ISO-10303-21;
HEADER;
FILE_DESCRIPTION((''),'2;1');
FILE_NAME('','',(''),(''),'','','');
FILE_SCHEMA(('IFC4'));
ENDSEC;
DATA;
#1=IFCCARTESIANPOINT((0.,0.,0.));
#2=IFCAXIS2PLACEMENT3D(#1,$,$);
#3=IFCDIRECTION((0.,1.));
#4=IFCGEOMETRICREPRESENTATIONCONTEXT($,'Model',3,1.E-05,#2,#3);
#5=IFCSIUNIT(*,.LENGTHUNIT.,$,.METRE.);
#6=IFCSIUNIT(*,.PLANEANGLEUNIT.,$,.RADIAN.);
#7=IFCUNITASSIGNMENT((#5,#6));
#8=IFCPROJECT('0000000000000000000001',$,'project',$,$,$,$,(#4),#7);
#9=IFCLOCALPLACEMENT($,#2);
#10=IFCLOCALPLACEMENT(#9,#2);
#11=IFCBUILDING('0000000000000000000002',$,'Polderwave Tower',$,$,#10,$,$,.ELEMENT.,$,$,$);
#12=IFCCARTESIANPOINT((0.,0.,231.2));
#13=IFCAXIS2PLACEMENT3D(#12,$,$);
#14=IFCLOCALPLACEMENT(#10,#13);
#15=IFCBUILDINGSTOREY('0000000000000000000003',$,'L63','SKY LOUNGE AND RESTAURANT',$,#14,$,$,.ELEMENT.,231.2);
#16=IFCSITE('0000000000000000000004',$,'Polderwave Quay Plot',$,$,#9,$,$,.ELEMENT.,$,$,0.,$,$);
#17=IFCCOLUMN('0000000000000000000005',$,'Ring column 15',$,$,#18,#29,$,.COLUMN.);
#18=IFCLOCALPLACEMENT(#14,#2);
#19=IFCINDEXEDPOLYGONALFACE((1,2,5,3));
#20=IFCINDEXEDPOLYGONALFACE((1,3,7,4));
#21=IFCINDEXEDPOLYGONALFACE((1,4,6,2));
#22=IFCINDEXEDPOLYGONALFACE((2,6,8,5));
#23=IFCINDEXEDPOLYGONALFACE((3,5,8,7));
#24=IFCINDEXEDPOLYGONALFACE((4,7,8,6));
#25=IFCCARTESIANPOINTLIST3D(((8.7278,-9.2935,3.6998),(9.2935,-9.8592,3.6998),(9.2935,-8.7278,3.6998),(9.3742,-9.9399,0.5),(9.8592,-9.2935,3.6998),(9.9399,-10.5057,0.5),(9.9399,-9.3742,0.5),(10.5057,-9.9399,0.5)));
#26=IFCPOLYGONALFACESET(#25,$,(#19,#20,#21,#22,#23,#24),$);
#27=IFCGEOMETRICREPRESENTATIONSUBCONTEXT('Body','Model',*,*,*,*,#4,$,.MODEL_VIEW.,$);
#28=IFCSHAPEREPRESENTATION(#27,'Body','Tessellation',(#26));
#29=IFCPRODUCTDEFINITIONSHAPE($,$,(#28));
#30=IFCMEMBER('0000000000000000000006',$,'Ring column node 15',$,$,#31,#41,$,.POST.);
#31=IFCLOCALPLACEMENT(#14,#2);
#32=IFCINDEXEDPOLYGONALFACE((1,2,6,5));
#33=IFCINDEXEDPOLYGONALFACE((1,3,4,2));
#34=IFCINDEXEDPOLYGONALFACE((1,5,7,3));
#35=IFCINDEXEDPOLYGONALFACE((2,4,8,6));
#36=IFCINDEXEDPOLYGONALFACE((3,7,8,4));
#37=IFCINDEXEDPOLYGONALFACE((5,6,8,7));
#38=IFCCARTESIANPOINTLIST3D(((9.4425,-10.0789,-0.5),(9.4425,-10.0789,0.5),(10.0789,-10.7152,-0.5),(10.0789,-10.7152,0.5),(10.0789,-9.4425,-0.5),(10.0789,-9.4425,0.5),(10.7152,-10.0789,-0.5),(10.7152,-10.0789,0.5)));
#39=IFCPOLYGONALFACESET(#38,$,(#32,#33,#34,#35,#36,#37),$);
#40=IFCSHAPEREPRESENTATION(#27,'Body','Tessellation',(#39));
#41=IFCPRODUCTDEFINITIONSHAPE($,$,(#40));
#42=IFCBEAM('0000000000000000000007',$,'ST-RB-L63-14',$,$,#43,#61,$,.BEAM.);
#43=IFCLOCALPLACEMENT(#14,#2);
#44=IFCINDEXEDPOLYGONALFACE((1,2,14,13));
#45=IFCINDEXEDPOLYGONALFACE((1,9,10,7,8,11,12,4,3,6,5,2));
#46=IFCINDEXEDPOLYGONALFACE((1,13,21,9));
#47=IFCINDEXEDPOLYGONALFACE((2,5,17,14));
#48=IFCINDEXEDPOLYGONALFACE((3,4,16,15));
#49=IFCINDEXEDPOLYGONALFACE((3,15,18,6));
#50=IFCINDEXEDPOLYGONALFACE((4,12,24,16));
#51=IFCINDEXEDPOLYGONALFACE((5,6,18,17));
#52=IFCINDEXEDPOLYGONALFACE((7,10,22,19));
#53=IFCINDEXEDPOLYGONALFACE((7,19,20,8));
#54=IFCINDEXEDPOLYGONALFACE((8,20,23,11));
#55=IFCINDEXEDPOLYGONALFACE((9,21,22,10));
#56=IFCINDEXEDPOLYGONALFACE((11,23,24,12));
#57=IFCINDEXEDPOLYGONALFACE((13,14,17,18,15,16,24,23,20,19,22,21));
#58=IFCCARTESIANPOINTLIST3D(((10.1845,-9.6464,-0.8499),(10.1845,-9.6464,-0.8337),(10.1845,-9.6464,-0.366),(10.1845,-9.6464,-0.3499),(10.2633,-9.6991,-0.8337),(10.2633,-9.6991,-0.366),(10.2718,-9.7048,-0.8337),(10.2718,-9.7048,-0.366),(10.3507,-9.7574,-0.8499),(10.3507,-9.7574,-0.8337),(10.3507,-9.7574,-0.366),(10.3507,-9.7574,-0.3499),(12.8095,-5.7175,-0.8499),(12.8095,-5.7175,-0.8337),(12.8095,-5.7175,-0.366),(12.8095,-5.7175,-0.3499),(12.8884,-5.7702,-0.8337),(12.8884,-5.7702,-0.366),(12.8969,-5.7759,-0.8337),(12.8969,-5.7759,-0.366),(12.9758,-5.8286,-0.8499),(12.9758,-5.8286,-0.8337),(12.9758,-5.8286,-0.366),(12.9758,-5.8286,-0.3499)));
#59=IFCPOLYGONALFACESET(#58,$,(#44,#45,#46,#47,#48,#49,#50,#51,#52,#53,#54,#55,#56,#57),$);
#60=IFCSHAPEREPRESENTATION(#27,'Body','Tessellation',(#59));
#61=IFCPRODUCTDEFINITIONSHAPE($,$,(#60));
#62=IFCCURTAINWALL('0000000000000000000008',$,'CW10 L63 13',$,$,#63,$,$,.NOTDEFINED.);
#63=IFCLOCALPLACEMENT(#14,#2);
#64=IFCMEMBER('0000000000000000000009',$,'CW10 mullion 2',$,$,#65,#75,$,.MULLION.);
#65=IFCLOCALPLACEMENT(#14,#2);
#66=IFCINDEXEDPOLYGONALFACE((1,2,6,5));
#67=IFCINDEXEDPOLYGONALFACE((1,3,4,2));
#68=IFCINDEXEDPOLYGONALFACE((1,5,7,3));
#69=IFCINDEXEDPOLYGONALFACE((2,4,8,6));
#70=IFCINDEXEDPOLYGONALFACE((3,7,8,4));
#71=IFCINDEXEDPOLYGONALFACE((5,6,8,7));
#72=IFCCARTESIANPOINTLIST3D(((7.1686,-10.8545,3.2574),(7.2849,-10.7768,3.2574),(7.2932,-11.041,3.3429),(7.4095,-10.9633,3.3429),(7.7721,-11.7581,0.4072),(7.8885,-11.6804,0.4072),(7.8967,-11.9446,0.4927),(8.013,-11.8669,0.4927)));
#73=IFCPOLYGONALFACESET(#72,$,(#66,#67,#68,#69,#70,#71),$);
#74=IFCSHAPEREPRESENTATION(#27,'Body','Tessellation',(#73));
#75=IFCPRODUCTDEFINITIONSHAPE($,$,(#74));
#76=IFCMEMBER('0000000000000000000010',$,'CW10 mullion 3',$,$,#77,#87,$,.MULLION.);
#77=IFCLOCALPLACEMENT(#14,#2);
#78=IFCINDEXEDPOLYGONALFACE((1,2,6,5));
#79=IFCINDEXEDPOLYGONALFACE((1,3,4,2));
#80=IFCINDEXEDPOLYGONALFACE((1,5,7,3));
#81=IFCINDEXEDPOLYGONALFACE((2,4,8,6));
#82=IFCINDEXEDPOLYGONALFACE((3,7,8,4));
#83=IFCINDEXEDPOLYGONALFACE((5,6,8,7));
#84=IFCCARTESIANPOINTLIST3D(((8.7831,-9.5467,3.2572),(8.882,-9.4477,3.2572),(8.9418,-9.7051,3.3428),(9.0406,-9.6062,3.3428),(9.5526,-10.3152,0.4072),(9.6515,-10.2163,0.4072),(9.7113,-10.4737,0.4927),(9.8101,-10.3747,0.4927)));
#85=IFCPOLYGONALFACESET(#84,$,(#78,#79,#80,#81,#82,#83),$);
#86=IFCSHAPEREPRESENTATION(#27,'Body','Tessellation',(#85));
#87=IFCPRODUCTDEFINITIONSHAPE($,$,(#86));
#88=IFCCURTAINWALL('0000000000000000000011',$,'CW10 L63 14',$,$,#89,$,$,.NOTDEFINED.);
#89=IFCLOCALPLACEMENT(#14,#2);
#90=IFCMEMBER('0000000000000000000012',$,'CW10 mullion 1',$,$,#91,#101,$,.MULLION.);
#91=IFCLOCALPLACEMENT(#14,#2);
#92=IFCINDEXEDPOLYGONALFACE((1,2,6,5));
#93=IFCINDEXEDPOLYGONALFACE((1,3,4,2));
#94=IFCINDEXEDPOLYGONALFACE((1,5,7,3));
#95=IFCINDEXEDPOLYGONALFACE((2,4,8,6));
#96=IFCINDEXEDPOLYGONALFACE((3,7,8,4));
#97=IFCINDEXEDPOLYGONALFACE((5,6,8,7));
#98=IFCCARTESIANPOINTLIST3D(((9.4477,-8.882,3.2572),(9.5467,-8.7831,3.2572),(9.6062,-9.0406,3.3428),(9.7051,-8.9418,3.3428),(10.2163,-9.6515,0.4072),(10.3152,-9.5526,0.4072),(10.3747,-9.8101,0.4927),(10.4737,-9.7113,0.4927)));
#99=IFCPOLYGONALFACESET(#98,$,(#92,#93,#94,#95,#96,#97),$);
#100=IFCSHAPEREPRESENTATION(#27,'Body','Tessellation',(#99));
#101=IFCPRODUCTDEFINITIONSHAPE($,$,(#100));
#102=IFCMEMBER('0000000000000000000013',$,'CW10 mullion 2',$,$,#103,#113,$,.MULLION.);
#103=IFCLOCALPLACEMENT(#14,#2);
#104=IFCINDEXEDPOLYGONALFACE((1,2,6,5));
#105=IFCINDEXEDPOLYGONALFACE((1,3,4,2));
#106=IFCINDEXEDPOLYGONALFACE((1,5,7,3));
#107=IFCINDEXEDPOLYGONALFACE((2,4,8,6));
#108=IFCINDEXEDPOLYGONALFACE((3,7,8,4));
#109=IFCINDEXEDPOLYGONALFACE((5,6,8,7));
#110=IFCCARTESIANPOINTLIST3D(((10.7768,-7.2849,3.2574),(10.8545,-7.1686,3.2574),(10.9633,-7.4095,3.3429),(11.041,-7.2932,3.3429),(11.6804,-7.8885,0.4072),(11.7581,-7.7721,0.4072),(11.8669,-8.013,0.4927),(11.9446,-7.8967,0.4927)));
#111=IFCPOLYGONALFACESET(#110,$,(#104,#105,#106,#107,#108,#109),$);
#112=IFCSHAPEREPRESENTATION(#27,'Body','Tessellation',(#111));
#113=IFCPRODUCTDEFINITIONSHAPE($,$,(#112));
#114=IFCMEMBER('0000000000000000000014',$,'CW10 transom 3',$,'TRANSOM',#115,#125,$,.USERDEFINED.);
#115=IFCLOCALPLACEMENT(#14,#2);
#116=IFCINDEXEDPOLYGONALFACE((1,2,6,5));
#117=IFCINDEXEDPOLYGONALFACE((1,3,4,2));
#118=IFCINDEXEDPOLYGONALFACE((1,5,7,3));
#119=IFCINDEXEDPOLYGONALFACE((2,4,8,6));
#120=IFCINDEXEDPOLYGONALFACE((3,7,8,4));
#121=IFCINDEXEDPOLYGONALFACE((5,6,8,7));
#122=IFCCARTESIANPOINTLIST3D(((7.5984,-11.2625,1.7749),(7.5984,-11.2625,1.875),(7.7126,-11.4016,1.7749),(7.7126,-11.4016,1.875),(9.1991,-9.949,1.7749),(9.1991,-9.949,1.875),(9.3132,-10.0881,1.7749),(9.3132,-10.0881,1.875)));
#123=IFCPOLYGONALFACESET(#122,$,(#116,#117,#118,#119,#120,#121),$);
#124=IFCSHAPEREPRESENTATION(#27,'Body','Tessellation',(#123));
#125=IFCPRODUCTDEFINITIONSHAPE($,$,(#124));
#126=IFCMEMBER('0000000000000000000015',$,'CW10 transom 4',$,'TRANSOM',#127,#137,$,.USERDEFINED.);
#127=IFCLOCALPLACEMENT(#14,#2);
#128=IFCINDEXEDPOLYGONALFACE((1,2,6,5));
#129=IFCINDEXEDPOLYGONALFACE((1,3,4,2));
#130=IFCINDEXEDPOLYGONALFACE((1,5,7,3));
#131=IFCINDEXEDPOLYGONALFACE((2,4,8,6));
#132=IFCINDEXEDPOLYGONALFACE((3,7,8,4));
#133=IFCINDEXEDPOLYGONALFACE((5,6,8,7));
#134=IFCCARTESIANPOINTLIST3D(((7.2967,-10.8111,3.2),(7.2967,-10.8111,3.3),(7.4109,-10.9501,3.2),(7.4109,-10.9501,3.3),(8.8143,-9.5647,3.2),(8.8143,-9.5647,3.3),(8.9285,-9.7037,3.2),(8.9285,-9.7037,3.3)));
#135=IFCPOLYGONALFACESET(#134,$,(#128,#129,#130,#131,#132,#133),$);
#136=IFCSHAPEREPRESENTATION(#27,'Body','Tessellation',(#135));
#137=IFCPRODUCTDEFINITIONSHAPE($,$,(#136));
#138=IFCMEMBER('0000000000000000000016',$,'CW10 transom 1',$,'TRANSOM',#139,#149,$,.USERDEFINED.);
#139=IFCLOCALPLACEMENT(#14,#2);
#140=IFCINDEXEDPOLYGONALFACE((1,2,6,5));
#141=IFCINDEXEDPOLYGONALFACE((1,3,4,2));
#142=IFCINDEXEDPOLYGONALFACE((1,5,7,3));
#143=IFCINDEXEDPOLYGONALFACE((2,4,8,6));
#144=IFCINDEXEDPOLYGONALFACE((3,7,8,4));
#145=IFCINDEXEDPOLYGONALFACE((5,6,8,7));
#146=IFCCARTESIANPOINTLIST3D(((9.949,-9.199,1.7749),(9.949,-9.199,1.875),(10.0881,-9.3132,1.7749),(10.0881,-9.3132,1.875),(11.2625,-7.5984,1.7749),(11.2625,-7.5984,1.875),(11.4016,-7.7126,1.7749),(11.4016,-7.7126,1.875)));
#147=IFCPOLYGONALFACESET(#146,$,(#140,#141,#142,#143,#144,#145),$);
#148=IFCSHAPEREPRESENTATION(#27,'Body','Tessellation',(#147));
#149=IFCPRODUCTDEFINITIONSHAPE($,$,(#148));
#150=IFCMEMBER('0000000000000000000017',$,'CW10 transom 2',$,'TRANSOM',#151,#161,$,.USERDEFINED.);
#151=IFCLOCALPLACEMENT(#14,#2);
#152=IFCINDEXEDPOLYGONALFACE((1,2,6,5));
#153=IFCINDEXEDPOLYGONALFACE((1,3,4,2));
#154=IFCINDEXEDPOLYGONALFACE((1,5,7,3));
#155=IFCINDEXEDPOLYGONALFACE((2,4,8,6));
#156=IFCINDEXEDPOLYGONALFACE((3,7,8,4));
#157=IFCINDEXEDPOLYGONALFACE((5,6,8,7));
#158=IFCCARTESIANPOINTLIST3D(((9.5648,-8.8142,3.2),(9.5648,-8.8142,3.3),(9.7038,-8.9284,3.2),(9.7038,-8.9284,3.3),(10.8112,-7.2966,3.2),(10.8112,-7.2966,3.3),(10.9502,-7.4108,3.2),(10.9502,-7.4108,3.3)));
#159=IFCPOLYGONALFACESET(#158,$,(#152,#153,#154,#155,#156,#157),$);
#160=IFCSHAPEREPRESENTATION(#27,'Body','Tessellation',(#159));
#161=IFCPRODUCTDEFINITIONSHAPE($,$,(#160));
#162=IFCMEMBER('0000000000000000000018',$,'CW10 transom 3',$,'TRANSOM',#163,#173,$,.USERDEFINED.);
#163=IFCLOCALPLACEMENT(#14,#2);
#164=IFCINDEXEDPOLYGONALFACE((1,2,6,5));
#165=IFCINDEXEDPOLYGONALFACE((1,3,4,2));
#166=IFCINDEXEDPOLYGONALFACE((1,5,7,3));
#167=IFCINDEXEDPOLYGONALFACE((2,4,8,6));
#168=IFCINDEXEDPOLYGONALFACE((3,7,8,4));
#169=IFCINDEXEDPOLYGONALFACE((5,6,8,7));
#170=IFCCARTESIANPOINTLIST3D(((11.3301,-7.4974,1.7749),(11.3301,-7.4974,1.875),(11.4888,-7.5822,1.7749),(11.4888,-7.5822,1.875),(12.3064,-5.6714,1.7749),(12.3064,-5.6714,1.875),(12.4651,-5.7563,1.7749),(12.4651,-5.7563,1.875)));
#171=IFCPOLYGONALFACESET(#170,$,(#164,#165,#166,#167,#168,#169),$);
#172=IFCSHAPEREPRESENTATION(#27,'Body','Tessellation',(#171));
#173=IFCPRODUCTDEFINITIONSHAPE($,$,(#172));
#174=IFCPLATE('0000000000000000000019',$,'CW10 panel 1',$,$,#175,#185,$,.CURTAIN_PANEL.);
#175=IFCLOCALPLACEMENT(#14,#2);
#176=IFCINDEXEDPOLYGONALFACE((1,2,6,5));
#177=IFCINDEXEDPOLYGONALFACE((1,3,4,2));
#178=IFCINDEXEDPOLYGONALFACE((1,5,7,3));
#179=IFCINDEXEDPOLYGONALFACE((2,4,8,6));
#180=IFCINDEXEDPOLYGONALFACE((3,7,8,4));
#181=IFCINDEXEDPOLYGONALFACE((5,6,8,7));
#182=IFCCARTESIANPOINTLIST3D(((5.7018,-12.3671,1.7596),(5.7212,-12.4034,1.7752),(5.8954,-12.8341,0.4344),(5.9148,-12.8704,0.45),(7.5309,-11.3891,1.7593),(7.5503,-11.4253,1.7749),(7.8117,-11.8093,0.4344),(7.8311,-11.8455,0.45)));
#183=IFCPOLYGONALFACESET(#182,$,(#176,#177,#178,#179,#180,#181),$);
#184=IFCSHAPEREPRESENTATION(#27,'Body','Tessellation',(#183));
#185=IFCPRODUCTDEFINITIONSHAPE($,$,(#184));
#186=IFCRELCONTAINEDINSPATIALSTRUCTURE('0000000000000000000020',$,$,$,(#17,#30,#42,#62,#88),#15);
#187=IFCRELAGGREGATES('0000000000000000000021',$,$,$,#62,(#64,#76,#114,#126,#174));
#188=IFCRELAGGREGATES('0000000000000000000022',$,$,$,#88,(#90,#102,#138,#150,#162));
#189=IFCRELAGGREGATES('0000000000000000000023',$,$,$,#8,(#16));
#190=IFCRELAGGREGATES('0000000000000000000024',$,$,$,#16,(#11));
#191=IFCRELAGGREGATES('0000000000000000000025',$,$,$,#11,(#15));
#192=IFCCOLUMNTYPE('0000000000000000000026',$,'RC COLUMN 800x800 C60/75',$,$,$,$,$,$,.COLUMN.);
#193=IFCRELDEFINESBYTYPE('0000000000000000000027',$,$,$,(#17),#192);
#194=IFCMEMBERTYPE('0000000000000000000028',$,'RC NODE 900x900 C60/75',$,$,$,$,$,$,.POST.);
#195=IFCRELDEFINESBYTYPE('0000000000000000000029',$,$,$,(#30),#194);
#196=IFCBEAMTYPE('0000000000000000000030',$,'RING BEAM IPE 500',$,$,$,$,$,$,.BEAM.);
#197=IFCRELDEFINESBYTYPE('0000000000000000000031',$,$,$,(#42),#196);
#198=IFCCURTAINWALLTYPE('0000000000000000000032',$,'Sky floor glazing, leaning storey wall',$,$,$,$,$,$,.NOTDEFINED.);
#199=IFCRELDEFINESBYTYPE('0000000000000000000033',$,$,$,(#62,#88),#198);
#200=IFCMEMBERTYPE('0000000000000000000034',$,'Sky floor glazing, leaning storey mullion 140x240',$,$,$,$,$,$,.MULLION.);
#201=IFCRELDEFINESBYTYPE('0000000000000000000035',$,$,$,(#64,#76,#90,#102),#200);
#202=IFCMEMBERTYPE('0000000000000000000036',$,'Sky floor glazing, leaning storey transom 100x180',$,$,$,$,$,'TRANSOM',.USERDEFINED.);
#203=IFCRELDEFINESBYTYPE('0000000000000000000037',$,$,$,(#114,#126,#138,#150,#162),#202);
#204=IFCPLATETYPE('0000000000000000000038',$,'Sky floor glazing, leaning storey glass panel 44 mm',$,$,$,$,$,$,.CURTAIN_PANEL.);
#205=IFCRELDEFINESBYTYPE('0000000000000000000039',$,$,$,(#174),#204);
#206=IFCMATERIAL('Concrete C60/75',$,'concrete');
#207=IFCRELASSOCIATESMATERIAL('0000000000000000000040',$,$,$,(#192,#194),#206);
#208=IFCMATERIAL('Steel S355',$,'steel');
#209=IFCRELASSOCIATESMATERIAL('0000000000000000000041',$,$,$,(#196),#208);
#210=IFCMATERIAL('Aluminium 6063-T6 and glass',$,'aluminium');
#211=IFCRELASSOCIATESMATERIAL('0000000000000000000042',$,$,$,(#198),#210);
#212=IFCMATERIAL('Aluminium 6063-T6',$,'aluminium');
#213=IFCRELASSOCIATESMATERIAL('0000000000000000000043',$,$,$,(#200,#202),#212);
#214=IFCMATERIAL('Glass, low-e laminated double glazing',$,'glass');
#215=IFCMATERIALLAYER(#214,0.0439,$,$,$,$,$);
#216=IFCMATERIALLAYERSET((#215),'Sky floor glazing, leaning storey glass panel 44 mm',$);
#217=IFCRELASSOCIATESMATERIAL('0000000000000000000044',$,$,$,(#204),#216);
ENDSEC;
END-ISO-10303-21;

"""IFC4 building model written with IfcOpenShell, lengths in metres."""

from ifc_helpers import new_model, si_unit, direction, frame, origin, origin_2d, place, context, subcontext, project, spatial, polyline, rectangle, i_section, outline, extrude, material, layer, layer_set, material_profile, profile_set, type_object, element, aggregate, save


model = new_model("IFC4")

# Units and contexts
model_context = context("Model", 3, precision=1e-05, world=origin(), true_north=direction((0.0, 1.0)))
body_context = subcontext(model_context, "Body", "Model", "MODEL_VIEW")
ifc_project = project(units=[si_unit("LENGTHUNIT", "METRE"), si_unit("PLANEANGLEUNIT", "RADIAN")], contexts=[model_context])

# Site, building, storey
site_placement = place(None, origin())
site = spatial("IfcSite", under=ifc_project, at=site_placement, Name="Polderwave Quay Plot", CompositionType="ELEMENT", RefElevation=0.0)
building_placement = place(site_placement, origin())
building = spatial("IfcBuilding", under=site, at=building_placement, Name="Polderwave Tower", CompositionType="ELEMENT")
storey_placement = place(building_placement, frame((0.0, 0.0, 231.2)))
storey = spatial("IfcBuildingStorey", under=building, at=storey_placement, Name="L63", Description="SKY LOUNGE AND RESTAURANT", CompositionType="ELEMENT", Elevation=231.2)

# Column
ifc_material_1 = material(Name="Concrete C60/75", Category="concrete")
ifc_material_profile_1 = material_profile(ifc_material_1, rectangle(XDim=0.8, YDim=0.8, at=origin_2d()), Name="RC 800x800")
ifc_profile_set_1 = profile_set([ifc_material_profile_1], Name="Concrete C60/75")
column_type = type_object("IfcColumnType", Name="RC COLUMN 800x800 C60/75", PredefinedType="COLUMN", material=ifc_profile_set_1)
column_placement = place(storey_placement, frame((9.9399, -9.9399, 0.5), z_axis=(0.0, 0.0, 1.0), x_axis=(-0.707107, -0.707107, 0.0)))
element("IfcColumn", 1, at=column_placement, inside=storey, type_object=column_type, Name="Ring column 15", PredefinedType="COLUMN", context=body_context, shape_type="SweptSolid", body=[
    extrude(rectangle(XDim=0.8, YDim=0.8, at=origin_2d()), origin(), (0.0, -0.27472, 0.961524), 3.3279),
])

# Member
ifc_material_profile_2 = material_profile(ifc_material_1, rectangle(XDim=0.8999, YDim=0.8999, at=origin_2d()), Name="RC 900x900")
ifc_profile_set_2 = profile_set([ifc_material_profile_2], Name="Concrete C60/75")
member_type_1 = type_object("IfcMemberType", Name="RC NODE 900x900 C60/75", PredefinedType="POST", material=ifc_profile_set_2)
member_1_placement = place(storey_placement, frame((10.0789, -10.0789, -0.5), z_axis=(0.0, 0.0, 1.0), x_axis=(0.707107, -0.707107, 0.0)))
element("IfcMember", 2, at=member_1_placement, inside=storey, type_object=member_type_1, Name="Ring column node 15", PredefinedType="POST", context=body_context, shape_type="SweptSolid", body=[
    extrude(rectangle(XDim=0.8999, YDim=0.8999, at=origin_2d()), origin(), (0.0, 0.0, 1.0), 1.0),
])

# Beam
ifc_material_2 = material(Name="Steel S355", Category="steel")
ifc_material_profile_3 = material_profile(ifc_material_2, i_section(OverallWidth=0.2, OverallDepth=0.5, WebThickness=0.0103, FlangeThickness=0.0161, at=origin_2d()), Name="IPE 500")
ifc_profile_set_3 = profile_set([ifc_material_profile_3], Name="Steel S355")
beam_type = type_object("IfcBeamType", Name="RING BEAM IPE 500", PredefinedType="BEAM", material=ifc_profile_set_3)
beam_placement = place(storey_placement, frame((10.2676, -9.7019, -0.5999), z_axis=(0.555558, 0.831478, 0.0), x_axis=(-0.831478, 0.555558, 0.0)))
element("IfcBeam", 3, at=beam_placement, inside=storey, type_object=beam_type, Name="ST-RB-L63-14", PredefinedType="BEAM", context=body_context, shape_type="SweptSolid", body=[
    extrude(i_section(OverallWidth=0.2, OverallDepth=0.5, WebThickness=0.0103, FlangeThickness=0.0161, at=origin_2d()), origin(), (0.0, 0.0, 1.0), 4.7251),
])

# Curtain walls, members
ifc_material_3 = material(Name="Aluminium 6063-T6 and glass", Category="aluminium")
curtain_wall_type = type_object("IfcCurtainWallType", Name="Sky floor glazing, leaning storey wall", PredefinedType="NOTDEFINED", material=ifc_material_3)
curtain_wall_1_placement = place(storey_placement, origin())
curtain_wall_1 = element("IfcCurtainWall", 4, at=curtain_wall_1_placement, inside=storey, type_object=curtain_wall_type, Name="CW10 L63 13", PredefinedType="NOTDEFINED")
ifc_material_4 = material(Name="Aluminium 6063-T6", Category="aluminium")
ifc_material_profile_4 = material_profile(ifc_material_4, rectangle(XDim=0.1399, YDim=0.24, at=origin_2d()), Name="AL 140x240")
ifc_profile_set_4 = profile_set([ifc_material_profile_4], Name="Aluminium 6063-T6")
member_type_2 = type_object("IfcMemberType", Name="Sky floor glazing, leaning storey mullion 140x240", PredefinedType="MULLION", material=ifc_profile_set_4)
member_2_placement = place(storey_placement, frame((7.8926, -11.8125, 0.45), z_axis=(-0.197861, 0.296231, 0.934397), x_axis=(-0.831566, -0.555426, 0.0)))
member_2 = element("IfcMember", 5, at=member_2_placement, type_object=member_type_2, Name="CW10 mullion 2", PredefinedType="MULLION", context=body_context, shape_type="SweptSolid", body=[
    extrude(rectangle(XDim=0.1399, YDim=0.24, at=origin_2d()), origin(), (0.0, 0.0, 1.0), 3.0503),
])
member_3_placement = place(storey_placement, frame((9.6814, -10.345, 0.45), z_axis=(-0.252259, 0.251939, 0.934287), x_axis=(-0.706658, -0.707556, 0.0)))
member_3 = element("IfcMember", 6, at=member_3_placement, type_object=member_type_2, Name="CW10 mullion 3", PredefinedType="MULLION", context=body_context, shape_type="SweptSolid", body=[
    extrude(rectangle(XDim=0.1399, YDim=0.24, at=origin_2d()), origin(), (0.0, 0.0, 1.0), 3.0505),
])
curtain_wall_2_placement = place(storey_placement, origin())
curtain_wall_2 = element("IfcCurtainWall", 7, at=curtain_wall_2_placement, inside=storey, type_object=curtain_wall_type, Name="CW10 L63 14", PredefinedType="NOTDEFINED")
member_4_placement = place(storey_placement, frame((10.345, -9.6814, 0.45), z_axis=(-0.251939, 0.252259, 0.934287), x_axis=(-0.707556, -0.706658, 0.0)))
member_4 = element("IfcMember", 8, at=member_4_placement, type_object=member_type_2, Name="CW10 mullion 1", PredefinedType="MULLION", context=body_context, shape_type="SweptSolid", body=[
    extrude(rectangle(XDim=0.1399, YDim=0.24, at=origin_2d()), origin(), (0.0, 0.0, 1.0), 3.0505),
])
member_5_placement = place(storey_placement, frame((11.8125, -7.8926, 0.45), z_axis=(-0.296231, 0.197861, 0.934397), x_axis=(-0.555426, -0.831566, 0.0)))
member_5 = element("IfcMember", 9, at=member_5_placement, type_object=member_type_2, Name="CW10 mullion 2", PredefinedType="MULLION", context=body_context, shape_type="SweptSolid", body=[
    extrude(rectangle(XDim=0.1399, YDim=0.24, at=origin_2d()), origin(), (0.0, 0.0, 1.0), 3.0503),
])

# Members
ifc_material_profile_5 = material_profile(ifc_material_4, rectangle(XDim=0.1799, YDim=0.1001, at=origin_2d()), Name="AL 100x180")
ifc_profile_set_5 = profile_set([ifc_material_profile_5], Name="Aluminium 6063-T6")
member_type_3 = type_object("IfcMemberType", Name="Sky floor glazing, leaning storey transom 100x180", ElementType="TRANSOM", PredefinedType="USERDEFINED", material=ifc_profile_set_5)
member_6_placement = place(storey_placement, frame((7.6555, -11.332, 1.825), z_axis=(0.773032, 0.634367, 0.0), x_axis=(-0.634367, 0.773032, 0.0)))
member_6 = element("IfcMember", 10, at=member_6_placement, type_object=member_type_3, Name="CW10 transom 3", ObjectType="TRANSOM", PredefinedType="USERDEFINED", context=body_context, shape_type="SweptSolid", body=[
    extrude(rectangle(XDim=0.1799, YDim=0.1001, at=origin_2d()), origin(), (0.0, 0.0, 1.0), 2.0706),
])
member_7_placement = place(storey_placement, frame((7.3538, -10.8806, 3.25), z_axis=(0.772787, 0.634665, 0.0), x_axis=(-0.634665, 0.772787, 0.0)))
member_7 = element("IfcMember", 11, at=member_7_placement, type_object=member_type_3, Name="CW10 transom 4", ObjectType="TRANSOM", PredefinedType="USERDEFINED", context=body_context, shape_type="SweptSolid", body=[
    extrude(rectangle(XDim=0.1799, YDim=0.1001, at=origin_2d()), origin(), (0.0, 0.0, 1.0), 1.9639),
])
member_8_placement = place(storey_placement, frame((10.0186, -9.2561, 1.825), z_axis=(0.634367, 0.773032, 0.0), x_axis=(-0.773032, 0.634367, 0.0)))
member_8 = element("IfcMember", 12, at=member_8_placement, type_object=member_type_3, Name="CW10 transom 1", ObjectType="TRANSOM", PredefinedType="USERDEFINED", context=body_context, shape_type="SweptSolid", body=[
    extrude(rectangle(XDim=0.1799, YDim=0.1001, at=origin_2d()), origin(), (0.0, 0.0, 1.0), 2.0706),
])
member_9_placement = place(storey_placement, frame((9.6343, -8.8713, 3.25), z_axis=(0.634665, 0.772787, 0.0), x_axis=(-0.772787, 0.634665, 0.0)))
member_9 = element("IfcMember", 13, at=member_9_placement, type_object=member_type_3, Name="CW10 transom 2", ObjectType="TRANSOM", PredefinedType="USERDEFINED", context=body_context, shape_type="SweptSolid", body=[
    extrude(rectangle(XDim=0.1799, YDim=0.1001, at=origin_2d()), origin(), (0.0, 0.0, 1.0), 1.9639),
])
member_10_placement = place(storey_placement, frame((11.4094, -7.5398, 1.825), z_axis=(0.471524, 0.881853, 0.0), x_axis=(-0.881853, 0.471524, 0.0)))
member_10 = element("IfcMember", 14, at=member_10_placement, type_object=member_type_3, Name="CW10 transom 3", ObjectType="TRANSOM", PredefinedType="USERDEFINED", context=body_context, shape_type="SweptSolid", body=[
    extrude(rectangle(XDim=0.1799, YDim=0.1001, at=origin_2d()), origin(), (0.0, 0.0, 1.0), 2.0706),
])

# Plate
ifc_material_5 = material(Name="Glass, low-e laminated double glazing", Category="glass")
ifc_layer_1 = layer(ifc_material_5, 0.0439)
ifc_layer_set_1 = layer_set([ifc_layer_1], Name="Sky floor glazing, leaning storey glass panel 44 mm")
plate_type = type_object("IfcPlateType", Name="Sky floor glazing, leaning storey glass panel 44 mm", PredefinedType="CURTAIN_PANEL", material=ifc_layer_set_1)
plate_1_placement = place(storey_placement, frame((5.9148, -12.8704, 0.45), z_axis=(0.440897, -0.824408, 0.354911), x_axis=(0.881812, 0.471601, 0.000011)))
plate_1 = element("IfcPlate", 15, at=plate_1_placement, type_object=plate_type, Name="CW10 panel 1", PredefinedType="CURTAIN_PANEL", context=body_context, shape_type="SweptSolid", body=[
    extrude(outline(polyline([(0.0, 0.0), (2.1731, 0.0), (2.1237, 1.4172), (0.0495, 1.4175), (0.0, 0.0)])), origin(), (0.0, 0.0, -1.0), 0.0439),
])
aggregate(curtain_wall_1, [member_2, member_3, member_6, member_7, plate_1])
aggregate(curtain_wall_2, [member_4, member_5, member_8, member_9, member_10])

save(model, "model.ifc")
